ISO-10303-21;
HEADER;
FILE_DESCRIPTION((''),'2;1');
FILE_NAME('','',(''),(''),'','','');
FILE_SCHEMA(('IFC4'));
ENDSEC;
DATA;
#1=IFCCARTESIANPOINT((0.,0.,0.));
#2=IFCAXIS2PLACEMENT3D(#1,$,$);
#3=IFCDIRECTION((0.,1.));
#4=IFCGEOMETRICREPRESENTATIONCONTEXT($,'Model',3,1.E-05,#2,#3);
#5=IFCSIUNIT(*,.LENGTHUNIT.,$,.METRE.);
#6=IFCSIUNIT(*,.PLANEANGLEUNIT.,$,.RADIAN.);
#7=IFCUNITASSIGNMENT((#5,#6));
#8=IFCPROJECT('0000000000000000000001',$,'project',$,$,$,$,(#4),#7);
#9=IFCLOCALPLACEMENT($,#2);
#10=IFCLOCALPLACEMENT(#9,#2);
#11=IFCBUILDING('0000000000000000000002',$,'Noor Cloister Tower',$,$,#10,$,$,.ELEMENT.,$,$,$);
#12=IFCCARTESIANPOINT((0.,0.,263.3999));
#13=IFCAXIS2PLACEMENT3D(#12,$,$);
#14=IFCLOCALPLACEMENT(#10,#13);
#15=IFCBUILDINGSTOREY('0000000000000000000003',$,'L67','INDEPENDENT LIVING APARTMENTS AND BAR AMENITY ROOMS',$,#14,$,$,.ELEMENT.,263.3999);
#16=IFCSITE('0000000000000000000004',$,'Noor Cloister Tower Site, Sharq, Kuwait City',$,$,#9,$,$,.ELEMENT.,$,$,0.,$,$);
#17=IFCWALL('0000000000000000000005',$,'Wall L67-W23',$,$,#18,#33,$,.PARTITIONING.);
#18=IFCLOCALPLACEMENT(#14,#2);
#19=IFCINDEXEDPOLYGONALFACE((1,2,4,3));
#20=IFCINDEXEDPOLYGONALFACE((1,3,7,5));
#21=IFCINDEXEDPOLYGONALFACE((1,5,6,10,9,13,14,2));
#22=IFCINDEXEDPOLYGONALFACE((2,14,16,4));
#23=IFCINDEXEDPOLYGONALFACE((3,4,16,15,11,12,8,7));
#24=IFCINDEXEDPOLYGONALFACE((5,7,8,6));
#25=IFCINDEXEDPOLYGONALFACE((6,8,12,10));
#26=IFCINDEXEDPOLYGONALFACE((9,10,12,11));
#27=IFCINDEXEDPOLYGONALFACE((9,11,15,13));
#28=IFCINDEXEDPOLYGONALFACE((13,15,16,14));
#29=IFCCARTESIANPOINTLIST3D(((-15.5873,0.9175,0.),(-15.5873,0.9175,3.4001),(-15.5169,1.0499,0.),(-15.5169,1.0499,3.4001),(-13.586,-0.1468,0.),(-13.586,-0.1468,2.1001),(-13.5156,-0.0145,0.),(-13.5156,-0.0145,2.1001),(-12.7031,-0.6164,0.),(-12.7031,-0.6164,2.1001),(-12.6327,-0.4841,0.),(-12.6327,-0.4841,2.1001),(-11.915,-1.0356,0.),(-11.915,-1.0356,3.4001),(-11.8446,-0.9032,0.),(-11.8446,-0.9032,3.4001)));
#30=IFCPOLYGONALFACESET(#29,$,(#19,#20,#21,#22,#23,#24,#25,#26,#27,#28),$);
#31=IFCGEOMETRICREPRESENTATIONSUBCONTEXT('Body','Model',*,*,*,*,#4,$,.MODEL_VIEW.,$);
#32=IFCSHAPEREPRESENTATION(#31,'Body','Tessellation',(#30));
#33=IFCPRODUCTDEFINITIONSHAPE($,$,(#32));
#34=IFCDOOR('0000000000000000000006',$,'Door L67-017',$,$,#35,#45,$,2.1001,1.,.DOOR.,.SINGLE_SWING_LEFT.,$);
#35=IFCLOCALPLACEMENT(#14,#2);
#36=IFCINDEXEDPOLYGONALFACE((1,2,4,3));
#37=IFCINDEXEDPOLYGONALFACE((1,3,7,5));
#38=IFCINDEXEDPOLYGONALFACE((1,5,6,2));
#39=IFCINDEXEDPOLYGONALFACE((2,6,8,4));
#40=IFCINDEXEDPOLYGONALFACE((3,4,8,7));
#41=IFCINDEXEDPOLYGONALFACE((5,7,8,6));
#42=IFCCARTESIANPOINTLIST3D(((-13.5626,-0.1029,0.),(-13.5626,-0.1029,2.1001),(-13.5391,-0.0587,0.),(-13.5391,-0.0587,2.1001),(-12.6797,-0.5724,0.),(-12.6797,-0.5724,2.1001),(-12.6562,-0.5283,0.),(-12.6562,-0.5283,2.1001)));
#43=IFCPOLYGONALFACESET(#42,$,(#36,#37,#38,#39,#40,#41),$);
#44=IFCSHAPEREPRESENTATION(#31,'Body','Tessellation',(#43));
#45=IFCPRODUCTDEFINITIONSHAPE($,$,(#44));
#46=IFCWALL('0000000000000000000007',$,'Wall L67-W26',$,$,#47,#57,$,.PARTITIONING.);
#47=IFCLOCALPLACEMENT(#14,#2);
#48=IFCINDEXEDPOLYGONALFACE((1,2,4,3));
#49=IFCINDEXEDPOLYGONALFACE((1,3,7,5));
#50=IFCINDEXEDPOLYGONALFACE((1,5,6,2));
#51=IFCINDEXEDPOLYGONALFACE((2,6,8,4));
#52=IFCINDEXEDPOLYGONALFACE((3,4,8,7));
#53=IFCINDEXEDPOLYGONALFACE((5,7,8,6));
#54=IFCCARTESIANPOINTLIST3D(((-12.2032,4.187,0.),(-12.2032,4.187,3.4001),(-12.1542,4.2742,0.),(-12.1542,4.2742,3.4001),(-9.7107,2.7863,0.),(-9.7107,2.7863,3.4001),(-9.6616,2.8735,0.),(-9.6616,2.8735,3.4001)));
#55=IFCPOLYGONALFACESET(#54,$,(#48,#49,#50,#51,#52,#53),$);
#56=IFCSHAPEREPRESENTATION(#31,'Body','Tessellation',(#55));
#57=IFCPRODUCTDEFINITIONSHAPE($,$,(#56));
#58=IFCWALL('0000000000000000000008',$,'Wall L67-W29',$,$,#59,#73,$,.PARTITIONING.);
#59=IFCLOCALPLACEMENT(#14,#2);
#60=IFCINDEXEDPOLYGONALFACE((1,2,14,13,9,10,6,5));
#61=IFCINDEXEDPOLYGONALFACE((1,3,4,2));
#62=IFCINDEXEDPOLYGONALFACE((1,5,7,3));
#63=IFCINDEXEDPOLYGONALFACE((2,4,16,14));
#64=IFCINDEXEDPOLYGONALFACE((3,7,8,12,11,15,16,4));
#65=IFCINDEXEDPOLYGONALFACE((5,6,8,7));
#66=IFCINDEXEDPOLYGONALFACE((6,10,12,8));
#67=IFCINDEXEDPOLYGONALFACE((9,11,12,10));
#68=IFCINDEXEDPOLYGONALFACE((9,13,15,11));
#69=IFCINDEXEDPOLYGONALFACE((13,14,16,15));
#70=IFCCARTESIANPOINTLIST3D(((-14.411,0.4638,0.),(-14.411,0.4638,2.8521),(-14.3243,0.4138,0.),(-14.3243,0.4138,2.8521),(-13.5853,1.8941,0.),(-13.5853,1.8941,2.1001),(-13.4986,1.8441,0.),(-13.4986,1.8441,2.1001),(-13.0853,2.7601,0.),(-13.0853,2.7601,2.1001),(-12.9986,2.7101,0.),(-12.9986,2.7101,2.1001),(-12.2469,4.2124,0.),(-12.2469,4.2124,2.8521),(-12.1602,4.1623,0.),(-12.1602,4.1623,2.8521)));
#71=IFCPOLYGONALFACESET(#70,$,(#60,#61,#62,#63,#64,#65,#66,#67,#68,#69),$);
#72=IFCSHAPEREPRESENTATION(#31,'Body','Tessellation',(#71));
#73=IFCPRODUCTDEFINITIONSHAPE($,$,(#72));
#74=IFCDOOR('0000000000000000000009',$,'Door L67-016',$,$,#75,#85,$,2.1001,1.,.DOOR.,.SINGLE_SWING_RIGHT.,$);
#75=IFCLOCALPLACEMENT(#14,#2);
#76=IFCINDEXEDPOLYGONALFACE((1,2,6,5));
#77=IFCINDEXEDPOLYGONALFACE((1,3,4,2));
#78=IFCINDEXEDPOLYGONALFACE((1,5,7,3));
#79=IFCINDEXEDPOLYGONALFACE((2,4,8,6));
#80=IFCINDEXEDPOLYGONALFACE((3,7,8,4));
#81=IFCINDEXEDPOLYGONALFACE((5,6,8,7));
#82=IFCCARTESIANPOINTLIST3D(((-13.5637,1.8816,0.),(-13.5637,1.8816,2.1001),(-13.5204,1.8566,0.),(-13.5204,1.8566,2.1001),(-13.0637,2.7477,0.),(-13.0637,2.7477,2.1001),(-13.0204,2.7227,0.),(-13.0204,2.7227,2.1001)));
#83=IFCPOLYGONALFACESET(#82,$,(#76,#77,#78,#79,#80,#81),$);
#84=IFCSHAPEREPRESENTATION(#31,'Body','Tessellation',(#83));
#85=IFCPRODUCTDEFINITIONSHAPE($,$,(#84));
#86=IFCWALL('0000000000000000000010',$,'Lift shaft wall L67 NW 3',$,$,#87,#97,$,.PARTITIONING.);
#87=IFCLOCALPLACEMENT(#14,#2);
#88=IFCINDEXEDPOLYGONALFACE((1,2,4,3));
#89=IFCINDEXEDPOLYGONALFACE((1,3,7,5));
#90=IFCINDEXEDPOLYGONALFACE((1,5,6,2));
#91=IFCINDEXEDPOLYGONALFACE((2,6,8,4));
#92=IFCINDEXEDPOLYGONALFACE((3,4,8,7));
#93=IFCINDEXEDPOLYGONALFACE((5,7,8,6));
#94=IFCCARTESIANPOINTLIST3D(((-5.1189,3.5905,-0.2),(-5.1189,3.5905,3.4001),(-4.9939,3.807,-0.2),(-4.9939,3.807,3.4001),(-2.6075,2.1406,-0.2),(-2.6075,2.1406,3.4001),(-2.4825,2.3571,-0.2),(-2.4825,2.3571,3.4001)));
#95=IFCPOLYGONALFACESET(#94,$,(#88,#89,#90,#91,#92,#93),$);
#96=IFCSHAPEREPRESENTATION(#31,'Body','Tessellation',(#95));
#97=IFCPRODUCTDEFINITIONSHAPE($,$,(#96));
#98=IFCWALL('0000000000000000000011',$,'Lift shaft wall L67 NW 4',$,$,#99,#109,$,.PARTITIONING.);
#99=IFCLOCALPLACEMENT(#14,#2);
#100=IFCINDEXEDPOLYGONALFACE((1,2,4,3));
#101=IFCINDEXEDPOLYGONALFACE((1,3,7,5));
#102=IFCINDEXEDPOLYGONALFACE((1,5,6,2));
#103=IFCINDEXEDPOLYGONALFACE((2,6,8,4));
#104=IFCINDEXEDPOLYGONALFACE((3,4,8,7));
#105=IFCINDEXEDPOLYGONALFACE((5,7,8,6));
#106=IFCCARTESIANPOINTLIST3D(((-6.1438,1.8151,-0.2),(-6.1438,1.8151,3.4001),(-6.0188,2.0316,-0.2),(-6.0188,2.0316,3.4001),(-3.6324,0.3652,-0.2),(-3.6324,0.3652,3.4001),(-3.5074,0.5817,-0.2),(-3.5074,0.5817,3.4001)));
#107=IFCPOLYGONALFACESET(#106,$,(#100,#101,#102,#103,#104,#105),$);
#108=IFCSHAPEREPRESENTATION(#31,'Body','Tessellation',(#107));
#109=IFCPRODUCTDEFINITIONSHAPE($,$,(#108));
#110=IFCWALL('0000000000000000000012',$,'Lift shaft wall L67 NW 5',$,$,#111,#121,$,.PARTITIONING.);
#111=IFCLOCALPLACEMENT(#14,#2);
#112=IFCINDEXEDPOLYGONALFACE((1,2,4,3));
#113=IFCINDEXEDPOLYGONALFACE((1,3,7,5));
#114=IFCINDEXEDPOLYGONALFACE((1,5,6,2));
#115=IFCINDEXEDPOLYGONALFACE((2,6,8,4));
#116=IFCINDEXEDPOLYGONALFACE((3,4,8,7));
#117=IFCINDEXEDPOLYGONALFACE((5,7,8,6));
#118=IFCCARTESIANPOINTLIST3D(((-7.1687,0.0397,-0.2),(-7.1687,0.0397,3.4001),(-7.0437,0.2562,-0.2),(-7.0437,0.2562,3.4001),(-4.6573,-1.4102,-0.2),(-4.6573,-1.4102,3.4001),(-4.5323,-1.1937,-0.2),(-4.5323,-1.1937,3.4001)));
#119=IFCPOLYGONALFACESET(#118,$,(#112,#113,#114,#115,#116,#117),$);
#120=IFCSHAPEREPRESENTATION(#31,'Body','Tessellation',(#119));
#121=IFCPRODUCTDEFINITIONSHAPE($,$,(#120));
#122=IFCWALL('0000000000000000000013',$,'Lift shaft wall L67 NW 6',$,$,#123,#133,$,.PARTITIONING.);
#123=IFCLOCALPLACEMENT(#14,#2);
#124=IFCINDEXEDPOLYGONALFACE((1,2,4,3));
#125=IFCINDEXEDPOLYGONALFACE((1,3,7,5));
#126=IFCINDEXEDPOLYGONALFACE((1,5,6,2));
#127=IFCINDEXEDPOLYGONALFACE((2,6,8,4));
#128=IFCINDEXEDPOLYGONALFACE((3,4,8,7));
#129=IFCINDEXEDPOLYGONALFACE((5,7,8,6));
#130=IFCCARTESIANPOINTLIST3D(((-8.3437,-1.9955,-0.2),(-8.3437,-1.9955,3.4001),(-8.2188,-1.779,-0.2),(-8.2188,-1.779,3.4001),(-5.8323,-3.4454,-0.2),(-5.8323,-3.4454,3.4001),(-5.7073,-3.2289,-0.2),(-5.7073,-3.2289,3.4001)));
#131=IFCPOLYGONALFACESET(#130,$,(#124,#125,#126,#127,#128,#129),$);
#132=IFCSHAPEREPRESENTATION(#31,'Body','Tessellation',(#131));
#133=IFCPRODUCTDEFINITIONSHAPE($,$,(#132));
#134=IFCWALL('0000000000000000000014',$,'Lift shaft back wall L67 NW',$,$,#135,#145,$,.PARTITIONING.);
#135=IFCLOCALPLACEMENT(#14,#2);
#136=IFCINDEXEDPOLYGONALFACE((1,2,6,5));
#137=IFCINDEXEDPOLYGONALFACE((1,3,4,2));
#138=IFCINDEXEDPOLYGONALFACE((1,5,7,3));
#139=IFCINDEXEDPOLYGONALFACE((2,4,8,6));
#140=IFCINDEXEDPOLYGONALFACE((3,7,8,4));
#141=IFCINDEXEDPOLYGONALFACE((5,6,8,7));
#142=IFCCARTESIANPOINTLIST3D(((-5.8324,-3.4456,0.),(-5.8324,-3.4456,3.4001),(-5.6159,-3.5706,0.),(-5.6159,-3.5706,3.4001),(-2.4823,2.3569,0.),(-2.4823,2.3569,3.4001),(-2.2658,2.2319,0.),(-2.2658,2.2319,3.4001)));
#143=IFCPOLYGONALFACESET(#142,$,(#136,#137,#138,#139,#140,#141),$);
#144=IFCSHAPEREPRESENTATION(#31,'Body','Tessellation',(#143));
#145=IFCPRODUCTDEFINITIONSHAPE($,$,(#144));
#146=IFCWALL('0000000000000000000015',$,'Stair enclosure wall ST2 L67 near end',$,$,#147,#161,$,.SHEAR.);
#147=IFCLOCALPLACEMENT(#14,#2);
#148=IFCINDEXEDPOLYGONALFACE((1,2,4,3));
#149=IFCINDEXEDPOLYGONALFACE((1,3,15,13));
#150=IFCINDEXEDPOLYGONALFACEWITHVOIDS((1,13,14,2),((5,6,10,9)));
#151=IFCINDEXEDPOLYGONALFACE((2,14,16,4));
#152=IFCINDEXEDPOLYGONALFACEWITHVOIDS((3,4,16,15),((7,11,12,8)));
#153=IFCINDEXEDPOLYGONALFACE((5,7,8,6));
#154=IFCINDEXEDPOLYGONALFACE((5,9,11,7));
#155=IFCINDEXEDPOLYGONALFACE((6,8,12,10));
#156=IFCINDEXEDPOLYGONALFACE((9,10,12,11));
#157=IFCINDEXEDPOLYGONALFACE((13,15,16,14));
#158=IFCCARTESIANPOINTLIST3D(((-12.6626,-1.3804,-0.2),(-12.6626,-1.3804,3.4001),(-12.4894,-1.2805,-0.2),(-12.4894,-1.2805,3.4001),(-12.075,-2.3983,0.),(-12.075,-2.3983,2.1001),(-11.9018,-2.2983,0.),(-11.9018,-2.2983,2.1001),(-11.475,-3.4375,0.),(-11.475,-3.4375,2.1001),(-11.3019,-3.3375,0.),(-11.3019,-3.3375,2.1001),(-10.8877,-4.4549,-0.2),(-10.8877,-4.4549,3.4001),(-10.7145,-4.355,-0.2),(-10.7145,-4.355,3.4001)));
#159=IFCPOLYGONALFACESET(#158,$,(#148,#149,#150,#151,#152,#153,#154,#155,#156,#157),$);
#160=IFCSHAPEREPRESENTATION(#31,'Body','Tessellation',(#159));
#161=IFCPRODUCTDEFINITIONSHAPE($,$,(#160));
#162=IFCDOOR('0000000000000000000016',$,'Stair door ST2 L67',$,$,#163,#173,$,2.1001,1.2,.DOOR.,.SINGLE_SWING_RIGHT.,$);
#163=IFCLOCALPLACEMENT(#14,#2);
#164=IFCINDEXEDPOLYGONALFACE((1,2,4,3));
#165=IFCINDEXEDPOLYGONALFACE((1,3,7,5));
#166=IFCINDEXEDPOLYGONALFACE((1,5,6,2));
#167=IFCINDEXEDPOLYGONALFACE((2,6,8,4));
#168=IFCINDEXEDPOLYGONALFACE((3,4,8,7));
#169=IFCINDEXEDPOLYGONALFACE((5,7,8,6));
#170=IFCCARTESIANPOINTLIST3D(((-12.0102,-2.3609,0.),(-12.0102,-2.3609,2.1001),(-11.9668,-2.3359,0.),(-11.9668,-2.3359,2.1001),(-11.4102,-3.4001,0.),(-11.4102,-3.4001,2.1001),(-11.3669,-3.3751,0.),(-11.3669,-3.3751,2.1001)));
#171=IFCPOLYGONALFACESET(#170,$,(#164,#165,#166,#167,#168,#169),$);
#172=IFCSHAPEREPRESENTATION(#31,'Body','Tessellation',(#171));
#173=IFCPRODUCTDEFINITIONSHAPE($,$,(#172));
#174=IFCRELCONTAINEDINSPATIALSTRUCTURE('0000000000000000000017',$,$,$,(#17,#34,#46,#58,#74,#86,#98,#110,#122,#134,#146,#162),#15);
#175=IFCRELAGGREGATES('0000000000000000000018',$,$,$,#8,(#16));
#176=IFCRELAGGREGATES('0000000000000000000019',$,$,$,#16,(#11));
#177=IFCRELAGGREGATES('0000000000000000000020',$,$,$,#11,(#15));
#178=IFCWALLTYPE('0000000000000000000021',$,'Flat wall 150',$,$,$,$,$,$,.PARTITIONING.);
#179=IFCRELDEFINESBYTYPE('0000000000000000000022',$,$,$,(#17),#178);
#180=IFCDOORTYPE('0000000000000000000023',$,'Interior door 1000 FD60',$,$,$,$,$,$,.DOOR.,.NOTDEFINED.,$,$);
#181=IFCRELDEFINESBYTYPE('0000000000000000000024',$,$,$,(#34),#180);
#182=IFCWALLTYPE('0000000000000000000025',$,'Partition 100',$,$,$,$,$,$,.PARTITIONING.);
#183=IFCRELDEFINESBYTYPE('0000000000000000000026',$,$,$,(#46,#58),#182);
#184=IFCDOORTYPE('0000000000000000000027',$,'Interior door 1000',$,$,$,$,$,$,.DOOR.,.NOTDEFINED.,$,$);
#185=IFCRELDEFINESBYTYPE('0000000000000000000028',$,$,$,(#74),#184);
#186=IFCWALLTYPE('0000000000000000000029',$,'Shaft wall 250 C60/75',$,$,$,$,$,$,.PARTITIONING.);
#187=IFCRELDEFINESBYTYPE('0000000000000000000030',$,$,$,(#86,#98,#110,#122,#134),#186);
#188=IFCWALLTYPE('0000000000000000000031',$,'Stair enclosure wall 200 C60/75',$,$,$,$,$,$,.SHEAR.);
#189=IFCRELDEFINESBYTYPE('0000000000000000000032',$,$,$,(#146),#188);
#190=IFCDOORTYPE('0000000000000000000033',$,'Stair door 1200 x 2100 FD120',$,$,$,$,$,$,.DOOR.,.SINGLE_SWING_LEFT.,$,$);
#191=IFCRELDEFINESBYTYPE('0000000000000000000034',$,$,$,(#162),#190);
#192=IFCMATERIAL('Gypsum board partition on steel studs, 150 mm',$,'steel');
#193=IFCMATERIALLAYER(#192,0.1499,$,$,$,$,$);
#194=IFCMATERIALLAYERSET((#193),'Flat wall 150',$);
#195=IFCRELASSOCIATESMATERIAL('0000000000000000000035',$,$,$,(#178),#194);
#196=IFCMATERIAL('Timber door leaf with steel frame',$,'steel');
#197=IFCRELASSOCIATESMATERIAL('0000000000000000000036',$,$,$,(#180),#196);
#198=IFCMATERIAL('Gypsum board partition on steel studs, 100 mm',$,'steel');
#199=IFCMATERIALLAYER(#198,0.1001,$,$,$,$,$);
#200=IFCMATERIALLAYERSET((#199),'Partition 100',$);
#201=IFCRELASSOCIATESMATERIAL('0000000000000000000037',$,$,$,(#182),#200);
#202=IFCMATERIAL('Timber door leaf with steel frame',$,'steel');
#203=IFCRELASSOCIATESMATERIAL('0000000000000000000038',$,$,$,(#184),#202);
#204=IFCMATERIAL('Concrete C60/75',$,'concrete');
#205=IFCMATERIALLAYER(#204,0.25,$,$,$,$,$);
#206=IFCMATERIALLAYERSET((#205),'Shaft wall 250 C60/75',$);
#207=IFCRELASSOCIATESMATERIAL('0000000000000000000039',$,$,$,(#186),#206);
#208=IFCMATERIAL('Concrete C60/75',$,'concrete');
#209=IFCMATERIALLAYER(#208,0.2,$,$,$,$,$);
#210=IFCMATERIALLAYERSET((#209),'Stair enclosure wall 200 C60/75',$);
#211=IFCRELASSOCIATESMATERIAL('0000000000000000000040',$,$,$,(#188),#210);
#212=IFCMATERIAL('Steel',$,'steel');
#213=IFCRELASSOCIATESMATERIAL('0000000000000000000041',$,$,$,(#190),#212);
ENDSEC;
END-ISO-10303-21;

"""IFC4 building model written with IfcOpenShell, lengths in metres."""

from ifc_helpers import new_model, si_unit, direction, frame, frame_2d, origin, place, context, subcontext, project, spatial, rectangle, extrude, material, layer, layer_set, type_object, element, fill, save


model = new_model("IFC4")

# Units and contexts
model_context = context("Model", 3, precision=1e-05, world=origin(), true_north=direction((0.0, 1.0)))
body_context = subcontext(model_context, "Body", "Model", "MODEL_VIEW")
ifc_project = project(units=[si_unit("LENGTHUNIT", "METRE"), si_unit("PLANEANGLEUNIT", "RADIAN")], contexts=[model_context])

# Site, building, storey
site_placement = place(None, origin())
site = spatial("IfcSite", under=ifc_project, at=site_placement, Name="Noor Cloister Tower Site, Sharq, Kuwait City", CompositionType="ELEMENT", RefElevation=0.0)
building_placement = place(site_placement, origin())
building = spatial("IfcBuilding", under=site, at=building_placement, Name="Noor Cloister Tower", CompositionType="ELEMENT")
storey_placement = place(building_placement, frame((0.0, 0.0, 263.3999)))
storey = spatial("IfcBuildingStorey", under=building, at=storey_placement, Name="L67", Description="INDEPENDENT LIVING APARTMENTS AND BAR AMENITY ROOMS", CompositionType="ELEMENT", Elevation=263.3999)

# Wall, opening, door
ifc_material_1 = material(Name="Gypsum board partition on steel studs, 150 mm", Category="steel")
ifc_layer_1 = layer(ifc_material_1, 0.1499)
ifc_layer_set_1 = layer_set([ifc_layer_1], Name="Flat wall 150")
wall_type_1 = type_object("IfcWallType", Name="Flat wall 150", PredefinedType="PARTITIONING", material=ifc_layer_set_1)
wall_1_placement = place(storey_placement, frame((-15.552, 0.9836, 0.0), z_axis=(0.0, 0.0, 1.0), x_axis=(0.882898, -0.469564, 0.0)))
wall_1 = element("IfcWall", 1, at=wall_1_placement, inside=storey, type_object=wall_type_1, Name="Wall L67-W23", PredefinedType="PARTITIONING", context=body_context, shape_type="SweptSolid", body=[
    extrude(rectangle(XDim=4.1594, YDim=0.1499, at=frame_2d((2.0796, 0.0))), origin(), (0.0, 0.0, 1.0), 3.4001),
])
opening_1_placement = place(wall_1_placement, frame((2.2666, 0.0, 0.0)))
opening_1 = element("IfcOpeningElement", 2, at=opening_1_placement, cuts=wall_1, PredefinedType="OPENING", context=body_context, shape_type="SweptSolid", body=[
    extrude(rectangle(XDim=1.0, YDim=2.1001, at=frame_2d((0.5, 1.05))), frame((0.0, 0.085, 0.0), z_axis=(0.0, -1.0, 0.0), x_axis=(1.0, 0.0, 0.0)), (0.0, 0.0, 1.0), 0.1699),
])
ifc_material_2 = material(Name="Timber door leaf with steel frame", Category="steel")
door_type_1 = type_object("IfcDoorType", Name="Interior door 1000 FD60", OperationType="NOTDEFINED", PredefinedType="DOOR", material=ifc_material_2)
door_1_placement = place(opening_1_placement, origin())
door_1 = element("IfcDoor", 3, at=door_1_placement, inside=storey, type_object=door_type_1, Name="Door L67-017", OperationType="SINGLE_SWING_LEFT", OverallHeight=2.1001, OverallWidth=1.0, PredefinedType="DOOR", context=body_context, shape_type="SweptSolid", body=[
    extrude(rectangle(XDim=1.0, YDim=2.1001, at=frame_2d((0.5, 1.05))), frame((0.0, 0.0249, 0.0), z_axis=(0.0, -1.0, 0.0), x_axis=(1.0, 0.0, 0.0)), (0.0, 0.0, 1.0), 0.05),
])
fill(opening_1, door_1)

# Wall
ifc_material_3 = material(Name="Gypsum board partition on steel studs, 100 mm", Category="steel")
ifc_layer_2 = layer(ifc_material_3, 0.1001)
ifc_layer_set_2 = layer_set([ifc_layer_2], Name="Partition 100")
wall_type_2 = type_object("IfcWallType", Name="Partition 100", PredefinedType="PARTITIONING", material=ifc_layer_set_2)
wall_2_placement = place(storey_placement, frame((-9.686, 2.8298, 0.0), z_axis=(0.0, 0.0, 1.0), x_axis=(-0.871778, 0.4899, 0.0)))
element("IfcWall", 4, at=wall_2_placement, inside=storey, type_object=wall_type_2, Name="Wall L67-W26", PredefinedType="PARTITIONING", context=body_context, shape_type="SweptSolid", body=[
    extrude(rectangle(XDim=2.8591, YDim=0.1001, at=frame_2d((1.4297, 0.0))), origin(), (0.0, 0.0, 1.0), 3.4001),
])

# Wall, opening, door
wall_3_placement = place(storey_placement, frame((-12.2036, 4.1873, 0.0), z_axis=(0.0, 0.0, 1.0), x_axis=(-0.499973, -0.866041, 0.0)))
wall_3 = element("IfcWall", 5, at=wall_3_placement, inside=storey, type_object=wall_type_2, Name="Wall L67-W29", PredefinedType="PARTITIONING", context=body_context, shape_type="SweptSolid", body=[
    extrude(rectangle(XDim=4.3284, YDim=0.1001, at=frame_2d((2.1641, 0.0))), origin(), (0.0, 0.0, 1.0), 2.8521),
])
opening_2_placement = place(wall_3_placement, frame((1.6768, 0.0, 0.0)))
opening_2 = element("IfcOpeningElement", 6, at=opening_2_placement, cuts=wall_3, PredefinedType="OPENING", context=body_context, shape_type="SweptSolid", body=[
    extrude(rectangle(XDim=1.0, YDim=2.1001, at=frame_2d((0.5, 1.05))), frame((0.0, 0.0601, 0.0), z_axis=(0.0, -1.0, 0.0), x_axis=(1.0, 0.0, 0.0)), (0.0, 0.0, 1.0), 0.1201),
])
ifc_material_4 = material(Name="Timber door leaf with steel frame", Category="steel")
door_type_2 = type_object("IfcDoorType", Name="Interior door 1000", OperationType="NOTDEFINED", PredefinedType="DOOR", material=ifc_material_4)
door_2_placement = place(opening_2_placement, origin())
door_2 = element("IfcDoor", 7, at=door_2_placement, inside=storey, type_object=door_type_2, Name="Door L67-016", OperationType="SINGLE_SWING_RIGHT", OverallHeight=2.1001, OverallWidth=1.0, PredefinedType="DOOR", context=body_context, shape_type="SweptSolid", body=[
    extrude(rectangle(XDim=1.0, YDim=2.1001, at=frame_2d((0.5, 1.05))), frame((0.0, 0.0249, 0.0), z_axis=(0.0, -1.0, 0.0), x_axis=(1.0, 0.0, 0.0)), (0.0, 0.0, 1.0), 0.05),
])
fill(opening_2, door_2)

# Walls
ifc_material_5 = material(Name="Concrete C60/75", Category="concrete")
ifc_layer_3 = layer(ifc_material_5, 0.25)
ifc_layer_set_3 = layer_set([ifc_layer_3], Name="Shaft wall 250 C60/75")
wall_type_3 = type_object("IfcWallType", Name="Shaft wall 250 C60/75", PredefinedType="PARTITIONING", material=ifc_layer_set_3)
for number, where, z_axis, x_axis, name in (
    (8, (-5.0564, 3.6987, -0.2), (0.0, 0.0, 1.0), (0.866033, -0.499987, 0.0), "Lift shaft wall L67 NW 3"),
    (9, (-6.0813, 1.9233, -0.2), (0.0, 0.0, 1.0), (0.866033, -0.499987, 0.0), "Lift shaft wall L67 NW 4"),
    (10, (-7.1062, 0.1479, -0.2), (0.0, 0.0, 1.0), (0.866033, -0.499987, 0.0), "Lift shaft wall L67 NW 5"),
    (11, (-8.2812, -1.8872, -0.2), (0.0, 0.0, 1.0), (0.866033, -0.499987, 0.0), "Lift shaft wall L67 NW 6"),
):
    element("IfcWall", number, at=place(storey_placement, frame(where, z_axis=z_axis, x_axis=x_axis)), inside=storey, type_object=wall_type_3, Name=name, PredefinedType="PARTITIONING", context=body_context, shape_type="SweptSolid", body=[
        extrude(rectangle(XDim=2.8999, YDim=0.25, at=frame_2d((1.45, 0.0))), origin(), (0.0, 0.0, 1.0), 3.6001),
    ])
wall_4_placement = place(storey_placement, frame((-2.374, 2.2944, 0.0), z_axis=(0.0, 0.0, 1.0), x_axis=(-0.500003, -0.866024, 0.0)))
element("IfcWall", 12, at=wall_4_placement, inside=storey, type_object=wall_type_3, Name="Lift shaft back wall L67 NW", PredefinedType="PARTITIONING", context=body_context, shape_type="SweptSolid", body=[
    extrude(rectangle(XDim=6.7002, YDim=0.25, at=frame_2d((3.3501, 0.0))), origin(), (0.0, 0.0, 1.0), 3.4001),
])

# Wall, opening, door
ifc_material_6 = material(Name="Concrete C60/75", Category="concrete")
ifc_layer_4 = layer(ifc_material_6, 0.2)
ifc_layer_set_4 = layer_set([ifc_layer_4], Name="Stair enclosure wall 200 C60/75")
wall_type_4 = type_object("IfcWallType", Name="Stair enclosure wall 200 C60/75", PredefinedType="SHEAR", material=ifc_layer_set_4)
wall_5_placement = place(storey_placement, frame((-12.5759, -1.3306, -0.2), z_axis=(0.0, 0.0, 1.0), x_axis=(0.49997, -0.866042, 0.0)))
wall_5 = element("IfcWall", 13, at=wall_5_placement, inside=storey, type_object=wall_type_4, Name="Stair enclosure wall ST2 L67 near end", PredefinedType="SHEAR", context=body_context, shape_type="SweptSolid", body=[
    extrude(rectangle(XDim=3.55, YDim=0.2, at=frame_2d((1.7749, 0.0))), origin(), (0.0, 0.0, 1.0), 3.6001),
])
opening_3_placement = place(wall_5_placement, frame((1.175, 0.0, 0.2)))
opening_3 = element("IfcOpeningElement", 14, at=opening_3_placement, cuts=wall_5, PredefinedType="OPENING", context=body_context, shape_type="SweptSolid", body=[
    extrude(rectangle(XDim=1.2, YDim=2.1001, at=frame_2d((0.6001, 1.05))), frame((0.0, 0.1099, 0.0), z_axis=(0.0, -1.0, 0.0), x_axis=(1.0, 0.0, 0.0)), (0.0, 0.0, 1.0), 0.22),
])
ifc_material_7 = material(Name="Steel", Category="steel")
door_type_3 = type_object("IfcDoorType", Name="Stair door 1200 x 2100 FD120", OperationType="SINGLE_SWING_LEFT", PredefinedType="DOOR", material=ifc_material_7)
door_3_placement = place(opening_3_placement, origin())
door_3 = element("IfcDoor", 15, at=door_3_placement, inside=storey, type_object=door_type_3, Name="Stair door ST2 L67", OperationType="SINGLE_SWING_RIGHT", OverallHeight=2.1001, OverallWidth=1.2, PredefinedType="DOOR", context=body_context, shape_type="SweptSolid", body=[
    extrude(rectangle(XDim=1.2, YDim=2.1001, at=frame_2d((0.6001, 1.05))), frame((0.0, 0.0249, 0.0), z_axis=(0.0, -1.0, 0.0), x_axis=(1.0, 0.0, 0.0)), (0.0, 0.0, 1.0), 0.05),
])
fill(opening_3, door_3)

save(model, "model.ifc")
